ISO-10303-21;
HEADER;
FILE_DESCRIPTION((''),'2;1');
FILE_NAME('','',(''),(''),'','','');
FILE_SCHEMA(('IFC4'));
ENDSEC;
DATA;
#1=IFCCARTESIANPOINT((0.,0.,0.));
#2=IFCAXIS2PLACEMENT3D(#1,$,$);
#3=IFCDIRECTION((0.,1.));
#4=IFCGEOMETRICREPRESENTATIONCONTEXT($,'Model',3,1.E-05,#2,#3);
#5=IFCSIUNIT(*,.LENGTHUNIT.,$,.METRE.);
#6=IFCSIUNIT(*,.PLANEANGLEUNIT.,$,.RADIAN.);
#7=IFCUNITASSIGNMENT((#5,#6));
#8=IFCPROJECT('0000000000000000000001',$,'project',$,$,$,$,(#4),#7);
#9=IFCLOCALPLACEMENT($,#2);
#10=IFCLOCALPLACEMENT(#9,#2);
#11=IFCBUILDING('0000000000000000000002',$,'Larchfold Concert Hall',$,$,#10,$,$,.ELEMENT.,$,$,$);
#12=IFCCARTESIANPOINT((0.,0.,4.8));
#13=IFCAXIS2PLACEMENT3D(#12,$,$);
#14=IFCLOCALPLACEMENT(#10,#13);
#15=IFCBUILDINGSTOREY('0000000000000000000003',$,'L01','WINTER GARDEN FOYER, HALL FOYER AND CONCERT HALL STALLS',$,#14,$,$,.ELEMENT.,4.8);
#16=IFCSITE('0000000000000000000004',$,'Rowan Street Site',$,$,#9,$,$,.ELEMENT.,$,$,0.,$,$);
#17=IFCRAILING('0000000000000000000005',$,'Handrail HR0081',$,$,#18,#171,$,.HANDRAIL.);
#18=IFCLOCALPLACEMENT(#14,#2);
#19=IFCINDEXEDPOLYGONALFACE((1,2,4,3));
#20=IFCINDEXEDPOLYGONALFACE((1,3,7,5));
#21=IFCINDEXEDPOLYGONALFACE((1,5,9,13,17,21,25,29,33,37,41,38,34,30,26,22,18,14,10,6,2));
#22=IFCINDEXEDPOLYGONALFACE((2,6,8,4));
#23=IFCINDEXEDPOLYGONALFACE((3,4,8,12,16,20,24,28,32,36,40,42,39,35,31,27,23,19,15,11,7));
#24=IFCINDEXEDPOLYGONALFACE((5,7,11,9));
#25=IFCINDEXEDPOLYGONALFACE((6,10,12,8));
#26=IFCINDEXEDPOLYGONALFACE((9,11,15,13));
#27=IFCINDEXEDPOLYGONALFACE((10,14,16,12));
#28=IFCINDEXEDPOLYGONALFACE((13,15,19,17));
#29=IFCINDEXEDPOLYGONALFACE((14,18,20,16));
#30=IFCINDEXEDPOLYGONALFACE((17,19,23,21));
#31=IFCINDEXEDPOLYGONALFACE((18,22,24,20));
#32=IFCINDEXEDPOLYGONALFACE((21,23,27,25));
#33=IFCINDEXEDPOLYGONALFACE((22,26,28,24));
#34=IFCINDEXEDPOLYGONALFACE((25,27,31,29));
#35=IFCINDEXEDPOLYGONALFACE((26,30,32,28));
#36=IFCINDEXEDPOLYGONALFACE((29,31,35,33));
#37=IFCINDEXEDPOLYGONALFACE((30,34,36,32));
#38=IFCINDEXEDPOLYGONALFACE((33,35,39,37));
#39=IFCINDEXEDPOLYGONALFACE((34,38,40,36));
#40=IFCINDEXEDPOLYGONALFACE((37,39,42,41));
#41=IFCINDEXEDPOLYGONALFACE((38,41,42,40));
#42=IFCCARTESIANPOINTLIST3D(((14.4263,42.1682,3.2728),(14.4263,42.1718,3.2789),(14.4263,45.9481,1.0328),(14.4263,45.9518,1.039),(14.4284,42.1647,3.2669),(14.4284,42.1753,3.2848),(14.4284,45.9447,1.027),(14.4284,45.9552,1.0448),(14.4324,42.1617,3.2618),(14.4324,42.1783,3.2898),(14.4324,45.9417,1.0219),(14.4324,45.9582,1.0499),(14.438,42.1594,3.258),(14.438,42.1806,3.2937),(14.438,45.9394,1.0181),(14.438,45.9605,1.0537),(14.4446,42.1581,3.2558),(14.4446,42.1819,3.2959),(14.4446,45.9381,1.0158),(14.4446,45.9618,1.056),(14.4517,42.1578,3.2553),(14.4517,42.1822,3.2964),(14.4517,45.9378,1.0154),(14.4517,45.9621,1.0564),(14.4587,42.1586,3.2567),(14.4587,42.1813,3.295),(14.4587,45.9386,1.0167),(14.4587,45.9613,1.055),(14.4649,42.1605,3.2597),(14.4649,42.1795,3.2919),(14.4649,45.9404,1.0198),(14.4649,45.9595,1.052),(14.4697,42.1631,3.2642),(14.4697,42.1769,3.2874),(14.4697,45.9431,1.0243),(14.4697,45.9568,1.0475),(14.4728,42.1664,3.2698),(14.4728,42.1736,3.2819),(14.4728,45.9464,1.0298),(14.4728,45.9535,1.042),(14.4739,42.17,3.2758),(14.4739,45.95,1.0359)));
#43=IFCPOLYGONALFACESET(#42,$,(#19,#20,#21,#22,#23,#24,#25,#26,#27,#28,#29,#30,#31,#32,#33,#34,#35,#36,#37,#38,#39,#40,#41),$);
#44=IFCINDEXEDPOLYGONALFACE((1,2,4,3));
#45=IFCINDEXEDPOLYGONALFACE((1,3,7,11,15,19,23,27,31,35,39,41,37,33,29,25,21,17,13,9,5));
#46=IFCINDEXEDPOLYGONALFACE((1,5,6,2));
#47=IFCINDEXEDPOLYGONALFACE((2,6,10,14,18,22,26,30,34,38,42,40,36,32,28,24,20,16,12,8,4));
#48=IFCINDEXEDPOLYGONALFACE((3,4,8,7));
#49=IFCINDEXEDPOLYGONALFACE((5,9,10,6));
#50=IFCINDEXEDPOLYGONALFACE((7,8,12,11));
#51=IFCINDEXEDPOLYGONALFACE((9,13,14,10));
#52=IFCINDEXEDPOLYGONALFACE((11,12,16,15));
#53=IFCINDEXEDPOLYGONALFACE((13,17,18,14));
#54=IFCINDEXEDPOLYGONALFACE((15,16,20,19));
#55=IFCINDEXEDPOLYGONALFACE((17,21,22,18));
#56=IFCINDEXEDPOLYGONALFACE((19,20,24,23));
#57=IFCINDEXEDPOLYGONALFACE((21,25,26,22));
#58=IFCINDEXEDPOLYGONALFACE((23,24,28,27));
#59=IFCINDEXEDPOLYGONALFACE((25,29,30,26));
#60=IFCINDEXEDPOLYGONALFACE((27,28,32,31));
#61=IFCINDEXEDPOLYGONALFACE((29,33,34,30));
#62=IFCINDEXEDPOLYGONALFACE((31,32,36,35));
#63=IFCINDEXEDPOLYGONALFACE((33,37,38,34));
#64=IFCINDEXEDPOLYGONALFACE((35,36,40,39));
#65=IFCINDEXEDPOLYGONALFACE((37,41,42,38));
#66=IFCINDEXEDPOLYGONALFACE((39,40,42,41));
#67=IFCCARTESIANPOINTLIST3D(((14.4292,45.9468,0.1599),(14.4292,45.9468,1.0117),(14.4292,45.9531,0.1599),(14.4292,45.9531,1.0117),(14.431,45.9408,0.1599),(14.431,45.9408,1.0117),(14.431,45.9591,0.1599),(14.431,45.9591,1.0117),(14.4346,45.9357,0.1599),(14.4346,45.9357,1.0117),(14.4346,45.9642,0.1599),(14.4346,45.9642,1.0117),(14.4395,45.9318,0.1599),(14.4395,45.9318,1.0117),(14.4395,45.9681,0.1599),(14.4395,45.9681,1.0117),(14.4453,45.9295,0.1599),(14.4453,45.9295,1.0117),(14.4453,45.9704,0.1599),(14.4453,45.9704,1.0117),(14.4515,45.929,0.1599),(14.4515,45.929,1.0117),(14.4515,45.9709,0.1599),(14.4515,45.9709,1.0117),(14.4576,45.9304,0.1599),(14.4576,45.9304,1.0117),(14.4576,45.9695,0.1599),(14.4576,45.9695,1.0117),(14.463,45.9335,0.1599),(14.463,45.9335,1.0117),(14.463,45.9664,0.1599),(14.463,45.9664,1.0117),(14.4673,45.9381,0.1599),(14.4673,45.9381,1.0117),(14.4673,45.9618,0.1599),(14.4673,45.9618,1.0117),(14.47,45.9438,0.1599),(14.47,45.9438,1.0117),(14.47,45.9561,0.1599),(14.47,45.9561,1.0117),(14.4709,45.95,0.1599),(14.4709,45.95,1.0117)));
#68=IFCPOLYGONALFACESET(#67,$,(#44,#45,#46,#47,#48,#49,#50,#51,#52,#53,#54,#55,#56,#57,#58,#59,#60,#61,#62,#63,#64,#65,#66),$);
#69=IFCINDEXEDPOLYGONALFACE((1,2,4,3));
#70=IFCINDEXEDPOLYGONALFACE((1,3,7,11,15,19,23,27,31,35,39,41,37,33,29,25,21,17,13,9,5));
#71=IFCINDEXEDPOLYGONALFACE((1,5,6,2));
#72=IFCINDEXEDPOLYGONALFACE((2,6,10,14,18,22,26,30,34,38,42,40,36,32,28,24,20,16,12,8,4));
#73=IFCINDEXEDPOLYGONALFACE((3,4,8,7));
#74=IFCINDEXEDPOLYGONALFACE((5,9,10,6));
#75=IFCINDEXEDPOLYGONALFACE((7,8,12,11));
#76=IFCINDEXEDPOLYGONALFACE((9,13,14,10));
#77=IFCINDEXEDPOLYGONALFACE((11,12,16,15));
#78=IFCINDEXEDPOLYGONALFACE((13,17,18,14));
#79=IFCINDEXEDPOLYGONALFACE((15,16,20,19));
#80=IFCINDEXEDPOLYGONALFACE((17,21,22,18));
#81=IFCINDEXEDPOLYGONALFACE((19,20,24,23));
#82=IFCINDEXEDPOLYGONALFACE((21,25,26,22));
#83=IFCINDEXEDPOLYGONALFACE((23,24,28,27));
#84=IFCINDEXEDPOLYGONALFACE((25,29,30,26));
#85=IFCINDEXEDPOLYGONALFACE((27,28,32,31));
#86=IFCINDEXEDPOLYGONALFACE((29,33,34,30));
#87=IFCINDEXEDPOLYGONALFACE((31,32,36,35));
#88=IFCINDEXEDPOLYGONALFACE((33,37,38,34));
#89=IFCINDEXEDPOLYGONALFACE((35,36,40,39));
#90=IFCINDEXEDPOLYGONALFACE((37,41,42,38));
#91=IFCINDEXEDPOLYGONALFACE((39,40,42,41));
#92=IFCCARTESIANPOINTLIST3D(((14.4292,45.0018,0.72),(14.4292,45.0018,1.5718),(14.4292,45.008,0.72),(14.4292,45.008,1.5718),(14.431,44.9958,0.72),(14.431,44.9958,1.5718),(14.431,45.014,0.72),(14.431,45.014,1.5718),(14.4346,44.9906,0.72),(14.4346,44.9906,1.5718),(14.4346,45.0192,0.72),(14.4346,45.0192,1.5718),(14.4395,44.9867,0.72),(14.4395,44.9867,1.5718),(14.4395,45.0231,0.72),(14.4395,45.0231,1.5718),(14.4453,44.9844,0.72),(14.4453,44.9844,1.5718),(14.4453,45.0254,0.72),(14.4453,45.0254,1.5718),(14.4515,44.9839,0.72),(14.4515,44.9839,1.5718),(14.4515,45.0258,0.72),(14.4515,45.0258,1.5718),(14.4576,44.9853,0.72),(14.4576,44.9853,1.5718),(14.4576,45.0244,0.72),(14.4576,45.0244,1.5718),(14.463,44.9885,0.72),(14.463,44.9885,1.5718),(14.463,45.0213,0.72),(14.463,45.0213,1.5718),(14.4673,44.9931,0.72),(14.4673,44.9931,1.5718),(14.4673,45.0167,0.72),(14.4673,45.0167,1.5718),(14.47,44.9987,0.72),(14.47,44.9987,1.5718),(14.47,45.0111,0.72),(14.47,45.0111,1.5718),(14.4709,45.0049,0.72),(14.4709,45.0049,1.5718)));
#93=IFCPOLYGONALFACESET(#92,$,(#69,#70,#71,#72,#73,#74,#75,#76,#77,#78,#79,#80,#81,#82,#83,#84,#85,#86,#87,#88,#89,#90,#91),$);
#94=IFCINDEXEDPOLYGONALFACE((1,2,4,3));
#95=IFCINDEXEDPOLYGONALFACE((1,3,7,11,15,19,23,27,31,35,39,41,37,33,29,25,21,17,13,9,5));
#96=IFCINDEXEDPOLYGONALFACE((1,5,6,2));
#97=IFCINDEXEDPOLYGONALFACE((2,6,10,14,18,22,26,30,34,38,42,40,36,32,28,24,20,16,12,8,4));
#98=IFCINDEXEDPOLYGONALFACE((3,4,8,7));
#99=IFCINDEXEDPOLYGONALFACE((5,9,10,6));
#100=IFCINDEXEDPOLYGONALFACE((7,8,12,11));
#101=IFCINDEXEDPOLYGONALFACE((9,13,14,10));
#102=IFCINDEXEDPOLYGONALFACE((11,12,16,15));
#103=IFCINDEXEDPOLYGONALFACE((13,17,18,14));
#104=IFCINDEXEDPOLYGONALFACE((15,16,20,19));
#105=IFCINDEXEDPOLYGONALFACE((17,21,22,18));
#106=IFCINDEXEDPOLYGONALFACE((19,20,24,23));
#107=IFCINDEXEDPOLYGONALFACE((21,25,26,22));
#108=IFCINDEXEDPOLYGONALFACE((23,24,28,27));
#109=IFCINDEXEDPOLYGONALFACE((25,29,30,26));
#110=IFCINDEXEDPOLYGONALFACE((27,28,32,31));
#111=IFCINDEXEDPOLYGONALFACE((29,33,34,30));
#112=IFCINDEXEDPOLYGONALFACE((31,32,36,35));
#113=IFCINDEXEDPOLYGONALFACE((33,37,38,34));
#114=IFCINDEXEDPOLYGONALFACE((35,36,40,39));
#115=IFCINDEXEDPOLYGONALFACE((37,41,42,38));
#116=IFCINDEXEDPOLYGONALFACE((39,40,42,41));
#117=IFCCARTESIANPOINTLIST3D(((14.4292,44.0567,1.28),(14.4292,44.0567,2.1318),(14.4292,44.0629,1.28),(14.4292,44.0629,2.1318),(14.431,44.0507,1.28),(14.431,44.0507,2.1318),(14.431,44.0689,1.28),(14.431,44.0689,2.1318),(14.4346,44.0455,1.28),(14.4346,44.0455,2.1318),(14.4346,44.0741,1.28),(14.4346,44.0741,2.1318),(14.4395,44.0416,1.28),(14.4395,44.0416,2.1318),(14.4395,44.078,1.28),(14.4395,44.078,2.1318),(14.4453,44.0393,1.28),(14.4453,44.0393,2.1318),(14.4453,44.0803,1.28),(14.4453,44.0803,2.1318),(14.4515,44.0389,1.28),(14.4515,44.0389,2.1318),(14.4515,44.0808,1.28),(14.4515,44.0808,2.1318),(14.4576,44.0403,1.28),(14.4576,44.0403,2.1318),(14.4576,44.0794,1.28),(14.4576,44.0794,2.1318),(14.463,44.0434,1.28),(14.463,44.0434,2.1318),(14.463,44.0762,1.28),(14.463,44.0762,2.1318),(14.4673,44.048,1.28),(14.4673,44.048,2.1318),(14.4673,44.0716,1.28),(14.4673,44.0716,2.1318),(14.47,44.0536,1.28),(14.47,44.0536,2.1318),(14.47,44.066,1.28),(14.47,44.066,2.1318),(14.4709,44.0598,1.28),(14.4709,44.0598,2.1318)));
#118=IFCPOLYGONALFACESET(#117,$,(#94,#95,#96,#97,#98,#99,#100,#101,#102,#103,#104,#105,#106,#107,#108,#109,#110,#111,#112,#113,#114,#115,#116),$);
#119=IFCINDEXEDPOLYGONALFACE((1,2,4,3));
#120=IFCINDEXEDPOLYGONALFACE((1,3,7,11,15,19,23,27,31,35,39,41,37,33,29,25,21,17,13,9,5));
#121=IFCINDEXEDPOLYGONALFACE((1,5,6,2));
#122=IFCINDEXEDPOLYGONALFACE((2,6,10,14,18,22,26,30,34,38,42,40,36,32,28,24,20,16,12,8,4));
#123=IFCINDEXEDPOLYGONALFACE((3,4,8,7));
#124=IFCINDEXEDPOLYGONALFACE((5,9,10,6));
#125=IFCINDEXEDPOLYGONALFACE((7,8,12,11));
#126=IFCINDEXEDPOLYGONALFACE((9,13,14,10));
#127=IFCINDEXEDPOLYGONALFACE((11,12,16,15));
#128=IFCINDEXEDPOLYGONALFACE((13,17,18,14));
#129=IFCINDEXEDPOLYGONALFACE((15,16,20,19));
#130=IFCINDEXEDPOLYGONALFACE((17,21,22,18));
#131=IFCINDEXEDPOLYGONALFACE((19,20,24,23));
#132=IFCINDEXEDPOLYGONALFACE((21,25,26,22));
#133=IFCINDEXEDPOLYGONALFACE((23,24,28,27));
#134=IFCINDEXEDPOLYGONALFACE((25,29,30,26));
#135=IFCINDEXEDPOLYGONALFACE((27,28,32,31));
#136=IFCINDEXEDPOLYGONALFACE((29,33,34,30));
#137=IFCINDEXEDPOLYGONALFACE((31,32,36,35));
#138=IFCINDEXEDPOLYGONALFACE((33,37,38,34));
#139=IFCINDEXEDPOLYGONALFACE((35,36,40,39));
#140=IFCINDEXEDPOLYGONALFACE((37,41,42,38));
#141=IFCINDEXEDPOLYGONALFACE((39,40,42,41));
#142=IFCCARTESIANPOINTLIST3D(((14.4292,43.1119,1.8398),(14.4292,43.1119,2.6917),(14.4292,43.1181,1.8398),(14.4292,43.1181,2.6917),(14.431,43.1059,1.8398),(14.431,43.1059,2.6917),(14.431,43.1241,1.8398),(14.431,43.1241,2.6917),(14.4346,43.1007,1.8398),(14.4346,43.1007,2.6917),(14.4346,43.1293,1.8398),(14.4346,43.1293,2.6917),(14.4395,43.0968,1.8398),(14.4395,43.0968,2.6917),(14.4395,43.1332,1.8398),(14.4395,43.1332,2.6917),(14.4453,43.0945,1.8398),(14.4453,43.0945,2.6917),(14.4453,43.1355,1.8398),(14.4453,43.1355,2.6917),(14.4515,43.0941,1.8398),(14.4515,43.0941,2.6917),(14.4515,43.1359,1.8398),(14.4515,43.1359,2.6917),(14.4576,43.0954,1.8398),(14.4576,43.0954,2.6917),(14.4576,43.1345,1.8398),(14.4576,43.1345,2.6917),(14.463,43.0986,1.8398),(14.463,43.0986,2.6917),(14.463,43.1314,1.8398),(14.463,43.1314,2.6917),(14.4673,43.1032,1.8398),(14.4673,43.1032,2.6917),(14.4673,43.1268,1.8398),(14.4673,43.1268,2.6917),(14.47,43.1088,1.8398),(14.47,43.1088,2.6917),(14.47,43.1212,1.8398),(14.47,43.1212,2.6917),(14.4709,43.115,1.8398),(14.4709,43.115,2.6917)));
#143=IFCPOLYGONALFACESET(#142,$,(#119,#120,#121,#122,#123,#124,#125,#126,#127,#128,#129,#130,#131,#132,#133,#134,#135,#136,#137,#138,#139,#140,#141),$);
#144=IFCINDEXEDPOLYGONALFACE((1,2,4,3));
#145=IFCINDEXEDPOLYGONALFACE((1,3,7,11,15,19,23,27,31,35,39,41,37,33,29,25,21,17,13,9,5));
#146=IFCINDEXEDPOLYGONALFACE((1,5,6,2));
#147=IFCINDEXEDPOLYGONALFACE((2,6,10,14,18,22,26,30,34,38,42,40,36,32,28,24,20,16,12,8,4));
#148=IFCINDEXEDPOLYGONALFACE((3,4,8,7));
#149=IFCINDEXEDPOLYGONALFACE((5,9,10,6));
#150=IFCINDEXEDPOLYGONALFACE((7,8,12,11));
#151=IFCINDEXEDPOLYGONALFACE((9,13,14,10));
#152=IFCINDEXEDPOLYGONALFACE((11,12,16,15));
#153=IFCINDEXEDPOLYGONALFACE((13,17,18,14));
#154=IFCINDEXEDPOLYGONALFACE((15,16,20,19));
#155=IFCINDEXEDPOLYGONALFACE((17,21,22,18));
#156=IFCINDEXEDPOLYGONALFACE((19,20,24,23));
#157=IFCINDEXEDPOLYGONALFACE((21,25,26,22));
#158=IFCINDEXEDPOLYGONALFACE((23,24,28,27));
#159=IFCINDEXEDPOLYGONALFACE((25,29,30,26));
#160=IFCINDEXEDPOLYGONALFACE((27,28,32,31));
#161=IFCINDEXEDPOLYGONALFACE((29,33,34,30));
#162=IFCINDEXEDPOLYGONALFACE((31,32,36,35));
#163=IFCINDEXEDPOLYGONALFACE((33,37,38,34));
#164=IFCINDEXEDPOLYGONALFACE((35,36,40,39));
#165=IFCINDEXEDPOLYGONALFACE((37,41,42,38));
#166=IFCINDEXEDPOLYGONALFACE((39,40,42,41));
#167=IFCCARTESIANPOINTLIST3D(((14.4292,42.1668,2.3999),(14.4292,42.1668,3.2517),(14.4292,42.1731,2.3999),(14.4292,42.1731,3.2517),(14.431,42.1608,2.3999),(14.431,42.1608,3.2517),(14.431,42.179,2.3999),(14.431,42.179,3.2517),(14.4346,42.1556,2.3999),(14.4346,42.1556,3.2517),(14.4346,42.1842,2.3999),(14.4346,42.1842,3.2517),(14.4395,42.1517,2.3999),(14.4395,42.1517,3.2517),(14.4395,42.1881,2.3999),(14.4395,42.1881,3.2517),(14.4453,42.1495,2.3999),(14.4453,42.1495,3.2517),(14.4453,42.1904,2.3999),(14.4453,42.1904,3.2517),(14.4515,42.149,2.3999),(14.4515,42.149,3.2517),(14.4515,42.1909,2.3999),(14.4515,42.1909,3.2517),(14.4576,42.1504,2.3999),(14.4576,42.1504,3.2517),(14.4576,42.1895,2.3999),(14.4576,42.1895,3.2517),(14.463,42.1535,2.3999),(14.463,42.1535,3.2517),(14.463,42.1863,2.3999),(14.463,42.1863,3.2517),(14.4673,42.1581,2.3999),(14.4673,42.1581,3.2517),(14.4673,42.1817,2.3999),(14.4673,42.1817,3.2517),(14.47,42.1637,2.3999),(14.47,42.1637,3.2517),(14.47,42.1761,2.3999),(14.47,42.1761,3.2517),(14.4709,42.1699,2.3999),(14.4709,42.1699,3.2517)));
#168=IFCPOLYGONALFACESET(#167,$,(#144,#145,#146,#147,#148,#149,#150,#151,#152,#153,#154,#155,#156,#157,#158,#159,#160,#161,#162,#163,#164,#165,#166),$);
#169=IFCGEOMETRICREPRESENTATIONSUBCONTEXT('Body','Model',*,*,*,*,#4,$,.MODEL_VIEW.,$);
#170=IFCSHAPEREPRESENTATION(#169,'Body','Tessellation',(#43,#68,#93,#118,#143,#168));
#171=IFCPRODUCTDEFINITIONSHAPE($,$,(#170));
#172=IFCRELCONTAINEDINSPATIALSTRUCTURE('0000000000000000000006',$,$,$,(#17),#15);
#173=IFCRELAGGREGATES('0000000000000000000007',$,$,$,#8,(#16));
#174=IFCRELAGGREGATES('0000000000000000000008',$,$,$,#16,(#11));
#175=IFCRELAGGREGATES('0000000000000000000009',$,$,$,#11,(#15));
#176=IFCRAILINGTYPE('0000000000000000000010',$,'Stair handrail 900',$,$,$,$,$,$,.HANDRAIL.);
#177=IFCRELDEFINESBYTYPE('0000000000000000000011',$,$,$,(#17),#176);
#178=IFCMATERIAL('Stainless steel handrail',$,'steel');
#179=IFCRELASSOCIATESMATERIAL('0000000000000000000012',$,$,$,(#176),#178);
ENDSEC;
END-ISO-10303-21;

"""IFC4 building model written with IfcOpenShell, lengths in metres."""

from ifc_helpers import new_model, si_unit, direction, frame, origin, origin_2d, place, context, subcontext, project, spatial, circle, extrude, material, type_object, element, save


model = new_model("IFC4")

# Units and contexts
model_context = context("Model", 3, precision=1e-05, world=origin(), true_north=direction((0.0, 1.0)))
body_context = subcontext(model_context, "Body", "Model", "MODEL_VIEW")
ifc_project = project(units=[si_unit("LENGTHUNIT", "METRE"), si_unit("PLANEANGLEUNIT", "RADIAN")], contexts=[model_context])

# Site, building, storey
site_placement = place(None, origin())
site = spatial("IfcSite", under=ifc_project, at=site_placement, Name="Rowan Street Site", CompositionType="ELEMENT", RefElevation=0.0)
building_placement = place(site_placement, origin())
building = spatial("IfcBuilding", under=site, at=building_placement, Name="Larchfold Concert Hall", CompositionType="ELEMENT")
storey_placement = place(building_placement, frame((0.0, 0.0, 4.8)))
storey = spatial("IfcBuildingStorey", under=building, at=storey_placement, Name="L01", Description="WINTER GARDEN FOYER, HALL FOYER AND CONCERT HALL STALLS", CompositionType="ELEMENT", Elevation=4.8)

# Railing
ifc_material_1 = material(Name="Stainless steel handrail", Category="steel")
railing_type = type_object("IfcRailingType", Name="Stair handrail 900", PredefinedType="HANDRAIL", material=ifc_material_1)
railing_placement = place(storey_placement, frame((14.45, 45.95, 0.1599)))
element("IfcRailing", 1, at=railing_placement, inside=storey, type_object=railing_type, Name="Handrail HR0081", PredefinedType="HANDRAIL", context=body_context, shape_type="SweptSolid", body=[
    extrude(circle(Radius=0.0239, at=origin_2d()), frame((0.0, 0.0, 0.876), z_axis=(0.0, -0.860294, 0.509798), x_axis=(1.0, 0.0, 0.0)), (0.0, 0.0, 1.0), 4.3938),
    extrude(circle(Radius=0.021, at=origin_2d()), origin(), (0.0, 0.0, 1.0), 0.8518),
    extrude(circle(Radius=0.021, at=origin_2d()), frame((0.0, -0.9451, 0.5601)), (0.0, 0.0, 1.0), 0.8518),
    extrude(circle(Radius=0.021, at=origin_2d()), frame((0.0, -1.8901, 1.1201)), (0.0, 0.0, 1.0), 0.8518),
    extrude(circle(Radius=0.021, at=origin_2d()), frame((0.0, -2.835, 1.6799)), (0.0, 0.0, 1.0), 0.8518),
    extrude(circle(Radius=0.021, at=origin_2d()), frame((0.0, -3.78, 2.24)), (0.0, 0.0, 1.0), 0.8518),
])

save(model, "model.ifc")
